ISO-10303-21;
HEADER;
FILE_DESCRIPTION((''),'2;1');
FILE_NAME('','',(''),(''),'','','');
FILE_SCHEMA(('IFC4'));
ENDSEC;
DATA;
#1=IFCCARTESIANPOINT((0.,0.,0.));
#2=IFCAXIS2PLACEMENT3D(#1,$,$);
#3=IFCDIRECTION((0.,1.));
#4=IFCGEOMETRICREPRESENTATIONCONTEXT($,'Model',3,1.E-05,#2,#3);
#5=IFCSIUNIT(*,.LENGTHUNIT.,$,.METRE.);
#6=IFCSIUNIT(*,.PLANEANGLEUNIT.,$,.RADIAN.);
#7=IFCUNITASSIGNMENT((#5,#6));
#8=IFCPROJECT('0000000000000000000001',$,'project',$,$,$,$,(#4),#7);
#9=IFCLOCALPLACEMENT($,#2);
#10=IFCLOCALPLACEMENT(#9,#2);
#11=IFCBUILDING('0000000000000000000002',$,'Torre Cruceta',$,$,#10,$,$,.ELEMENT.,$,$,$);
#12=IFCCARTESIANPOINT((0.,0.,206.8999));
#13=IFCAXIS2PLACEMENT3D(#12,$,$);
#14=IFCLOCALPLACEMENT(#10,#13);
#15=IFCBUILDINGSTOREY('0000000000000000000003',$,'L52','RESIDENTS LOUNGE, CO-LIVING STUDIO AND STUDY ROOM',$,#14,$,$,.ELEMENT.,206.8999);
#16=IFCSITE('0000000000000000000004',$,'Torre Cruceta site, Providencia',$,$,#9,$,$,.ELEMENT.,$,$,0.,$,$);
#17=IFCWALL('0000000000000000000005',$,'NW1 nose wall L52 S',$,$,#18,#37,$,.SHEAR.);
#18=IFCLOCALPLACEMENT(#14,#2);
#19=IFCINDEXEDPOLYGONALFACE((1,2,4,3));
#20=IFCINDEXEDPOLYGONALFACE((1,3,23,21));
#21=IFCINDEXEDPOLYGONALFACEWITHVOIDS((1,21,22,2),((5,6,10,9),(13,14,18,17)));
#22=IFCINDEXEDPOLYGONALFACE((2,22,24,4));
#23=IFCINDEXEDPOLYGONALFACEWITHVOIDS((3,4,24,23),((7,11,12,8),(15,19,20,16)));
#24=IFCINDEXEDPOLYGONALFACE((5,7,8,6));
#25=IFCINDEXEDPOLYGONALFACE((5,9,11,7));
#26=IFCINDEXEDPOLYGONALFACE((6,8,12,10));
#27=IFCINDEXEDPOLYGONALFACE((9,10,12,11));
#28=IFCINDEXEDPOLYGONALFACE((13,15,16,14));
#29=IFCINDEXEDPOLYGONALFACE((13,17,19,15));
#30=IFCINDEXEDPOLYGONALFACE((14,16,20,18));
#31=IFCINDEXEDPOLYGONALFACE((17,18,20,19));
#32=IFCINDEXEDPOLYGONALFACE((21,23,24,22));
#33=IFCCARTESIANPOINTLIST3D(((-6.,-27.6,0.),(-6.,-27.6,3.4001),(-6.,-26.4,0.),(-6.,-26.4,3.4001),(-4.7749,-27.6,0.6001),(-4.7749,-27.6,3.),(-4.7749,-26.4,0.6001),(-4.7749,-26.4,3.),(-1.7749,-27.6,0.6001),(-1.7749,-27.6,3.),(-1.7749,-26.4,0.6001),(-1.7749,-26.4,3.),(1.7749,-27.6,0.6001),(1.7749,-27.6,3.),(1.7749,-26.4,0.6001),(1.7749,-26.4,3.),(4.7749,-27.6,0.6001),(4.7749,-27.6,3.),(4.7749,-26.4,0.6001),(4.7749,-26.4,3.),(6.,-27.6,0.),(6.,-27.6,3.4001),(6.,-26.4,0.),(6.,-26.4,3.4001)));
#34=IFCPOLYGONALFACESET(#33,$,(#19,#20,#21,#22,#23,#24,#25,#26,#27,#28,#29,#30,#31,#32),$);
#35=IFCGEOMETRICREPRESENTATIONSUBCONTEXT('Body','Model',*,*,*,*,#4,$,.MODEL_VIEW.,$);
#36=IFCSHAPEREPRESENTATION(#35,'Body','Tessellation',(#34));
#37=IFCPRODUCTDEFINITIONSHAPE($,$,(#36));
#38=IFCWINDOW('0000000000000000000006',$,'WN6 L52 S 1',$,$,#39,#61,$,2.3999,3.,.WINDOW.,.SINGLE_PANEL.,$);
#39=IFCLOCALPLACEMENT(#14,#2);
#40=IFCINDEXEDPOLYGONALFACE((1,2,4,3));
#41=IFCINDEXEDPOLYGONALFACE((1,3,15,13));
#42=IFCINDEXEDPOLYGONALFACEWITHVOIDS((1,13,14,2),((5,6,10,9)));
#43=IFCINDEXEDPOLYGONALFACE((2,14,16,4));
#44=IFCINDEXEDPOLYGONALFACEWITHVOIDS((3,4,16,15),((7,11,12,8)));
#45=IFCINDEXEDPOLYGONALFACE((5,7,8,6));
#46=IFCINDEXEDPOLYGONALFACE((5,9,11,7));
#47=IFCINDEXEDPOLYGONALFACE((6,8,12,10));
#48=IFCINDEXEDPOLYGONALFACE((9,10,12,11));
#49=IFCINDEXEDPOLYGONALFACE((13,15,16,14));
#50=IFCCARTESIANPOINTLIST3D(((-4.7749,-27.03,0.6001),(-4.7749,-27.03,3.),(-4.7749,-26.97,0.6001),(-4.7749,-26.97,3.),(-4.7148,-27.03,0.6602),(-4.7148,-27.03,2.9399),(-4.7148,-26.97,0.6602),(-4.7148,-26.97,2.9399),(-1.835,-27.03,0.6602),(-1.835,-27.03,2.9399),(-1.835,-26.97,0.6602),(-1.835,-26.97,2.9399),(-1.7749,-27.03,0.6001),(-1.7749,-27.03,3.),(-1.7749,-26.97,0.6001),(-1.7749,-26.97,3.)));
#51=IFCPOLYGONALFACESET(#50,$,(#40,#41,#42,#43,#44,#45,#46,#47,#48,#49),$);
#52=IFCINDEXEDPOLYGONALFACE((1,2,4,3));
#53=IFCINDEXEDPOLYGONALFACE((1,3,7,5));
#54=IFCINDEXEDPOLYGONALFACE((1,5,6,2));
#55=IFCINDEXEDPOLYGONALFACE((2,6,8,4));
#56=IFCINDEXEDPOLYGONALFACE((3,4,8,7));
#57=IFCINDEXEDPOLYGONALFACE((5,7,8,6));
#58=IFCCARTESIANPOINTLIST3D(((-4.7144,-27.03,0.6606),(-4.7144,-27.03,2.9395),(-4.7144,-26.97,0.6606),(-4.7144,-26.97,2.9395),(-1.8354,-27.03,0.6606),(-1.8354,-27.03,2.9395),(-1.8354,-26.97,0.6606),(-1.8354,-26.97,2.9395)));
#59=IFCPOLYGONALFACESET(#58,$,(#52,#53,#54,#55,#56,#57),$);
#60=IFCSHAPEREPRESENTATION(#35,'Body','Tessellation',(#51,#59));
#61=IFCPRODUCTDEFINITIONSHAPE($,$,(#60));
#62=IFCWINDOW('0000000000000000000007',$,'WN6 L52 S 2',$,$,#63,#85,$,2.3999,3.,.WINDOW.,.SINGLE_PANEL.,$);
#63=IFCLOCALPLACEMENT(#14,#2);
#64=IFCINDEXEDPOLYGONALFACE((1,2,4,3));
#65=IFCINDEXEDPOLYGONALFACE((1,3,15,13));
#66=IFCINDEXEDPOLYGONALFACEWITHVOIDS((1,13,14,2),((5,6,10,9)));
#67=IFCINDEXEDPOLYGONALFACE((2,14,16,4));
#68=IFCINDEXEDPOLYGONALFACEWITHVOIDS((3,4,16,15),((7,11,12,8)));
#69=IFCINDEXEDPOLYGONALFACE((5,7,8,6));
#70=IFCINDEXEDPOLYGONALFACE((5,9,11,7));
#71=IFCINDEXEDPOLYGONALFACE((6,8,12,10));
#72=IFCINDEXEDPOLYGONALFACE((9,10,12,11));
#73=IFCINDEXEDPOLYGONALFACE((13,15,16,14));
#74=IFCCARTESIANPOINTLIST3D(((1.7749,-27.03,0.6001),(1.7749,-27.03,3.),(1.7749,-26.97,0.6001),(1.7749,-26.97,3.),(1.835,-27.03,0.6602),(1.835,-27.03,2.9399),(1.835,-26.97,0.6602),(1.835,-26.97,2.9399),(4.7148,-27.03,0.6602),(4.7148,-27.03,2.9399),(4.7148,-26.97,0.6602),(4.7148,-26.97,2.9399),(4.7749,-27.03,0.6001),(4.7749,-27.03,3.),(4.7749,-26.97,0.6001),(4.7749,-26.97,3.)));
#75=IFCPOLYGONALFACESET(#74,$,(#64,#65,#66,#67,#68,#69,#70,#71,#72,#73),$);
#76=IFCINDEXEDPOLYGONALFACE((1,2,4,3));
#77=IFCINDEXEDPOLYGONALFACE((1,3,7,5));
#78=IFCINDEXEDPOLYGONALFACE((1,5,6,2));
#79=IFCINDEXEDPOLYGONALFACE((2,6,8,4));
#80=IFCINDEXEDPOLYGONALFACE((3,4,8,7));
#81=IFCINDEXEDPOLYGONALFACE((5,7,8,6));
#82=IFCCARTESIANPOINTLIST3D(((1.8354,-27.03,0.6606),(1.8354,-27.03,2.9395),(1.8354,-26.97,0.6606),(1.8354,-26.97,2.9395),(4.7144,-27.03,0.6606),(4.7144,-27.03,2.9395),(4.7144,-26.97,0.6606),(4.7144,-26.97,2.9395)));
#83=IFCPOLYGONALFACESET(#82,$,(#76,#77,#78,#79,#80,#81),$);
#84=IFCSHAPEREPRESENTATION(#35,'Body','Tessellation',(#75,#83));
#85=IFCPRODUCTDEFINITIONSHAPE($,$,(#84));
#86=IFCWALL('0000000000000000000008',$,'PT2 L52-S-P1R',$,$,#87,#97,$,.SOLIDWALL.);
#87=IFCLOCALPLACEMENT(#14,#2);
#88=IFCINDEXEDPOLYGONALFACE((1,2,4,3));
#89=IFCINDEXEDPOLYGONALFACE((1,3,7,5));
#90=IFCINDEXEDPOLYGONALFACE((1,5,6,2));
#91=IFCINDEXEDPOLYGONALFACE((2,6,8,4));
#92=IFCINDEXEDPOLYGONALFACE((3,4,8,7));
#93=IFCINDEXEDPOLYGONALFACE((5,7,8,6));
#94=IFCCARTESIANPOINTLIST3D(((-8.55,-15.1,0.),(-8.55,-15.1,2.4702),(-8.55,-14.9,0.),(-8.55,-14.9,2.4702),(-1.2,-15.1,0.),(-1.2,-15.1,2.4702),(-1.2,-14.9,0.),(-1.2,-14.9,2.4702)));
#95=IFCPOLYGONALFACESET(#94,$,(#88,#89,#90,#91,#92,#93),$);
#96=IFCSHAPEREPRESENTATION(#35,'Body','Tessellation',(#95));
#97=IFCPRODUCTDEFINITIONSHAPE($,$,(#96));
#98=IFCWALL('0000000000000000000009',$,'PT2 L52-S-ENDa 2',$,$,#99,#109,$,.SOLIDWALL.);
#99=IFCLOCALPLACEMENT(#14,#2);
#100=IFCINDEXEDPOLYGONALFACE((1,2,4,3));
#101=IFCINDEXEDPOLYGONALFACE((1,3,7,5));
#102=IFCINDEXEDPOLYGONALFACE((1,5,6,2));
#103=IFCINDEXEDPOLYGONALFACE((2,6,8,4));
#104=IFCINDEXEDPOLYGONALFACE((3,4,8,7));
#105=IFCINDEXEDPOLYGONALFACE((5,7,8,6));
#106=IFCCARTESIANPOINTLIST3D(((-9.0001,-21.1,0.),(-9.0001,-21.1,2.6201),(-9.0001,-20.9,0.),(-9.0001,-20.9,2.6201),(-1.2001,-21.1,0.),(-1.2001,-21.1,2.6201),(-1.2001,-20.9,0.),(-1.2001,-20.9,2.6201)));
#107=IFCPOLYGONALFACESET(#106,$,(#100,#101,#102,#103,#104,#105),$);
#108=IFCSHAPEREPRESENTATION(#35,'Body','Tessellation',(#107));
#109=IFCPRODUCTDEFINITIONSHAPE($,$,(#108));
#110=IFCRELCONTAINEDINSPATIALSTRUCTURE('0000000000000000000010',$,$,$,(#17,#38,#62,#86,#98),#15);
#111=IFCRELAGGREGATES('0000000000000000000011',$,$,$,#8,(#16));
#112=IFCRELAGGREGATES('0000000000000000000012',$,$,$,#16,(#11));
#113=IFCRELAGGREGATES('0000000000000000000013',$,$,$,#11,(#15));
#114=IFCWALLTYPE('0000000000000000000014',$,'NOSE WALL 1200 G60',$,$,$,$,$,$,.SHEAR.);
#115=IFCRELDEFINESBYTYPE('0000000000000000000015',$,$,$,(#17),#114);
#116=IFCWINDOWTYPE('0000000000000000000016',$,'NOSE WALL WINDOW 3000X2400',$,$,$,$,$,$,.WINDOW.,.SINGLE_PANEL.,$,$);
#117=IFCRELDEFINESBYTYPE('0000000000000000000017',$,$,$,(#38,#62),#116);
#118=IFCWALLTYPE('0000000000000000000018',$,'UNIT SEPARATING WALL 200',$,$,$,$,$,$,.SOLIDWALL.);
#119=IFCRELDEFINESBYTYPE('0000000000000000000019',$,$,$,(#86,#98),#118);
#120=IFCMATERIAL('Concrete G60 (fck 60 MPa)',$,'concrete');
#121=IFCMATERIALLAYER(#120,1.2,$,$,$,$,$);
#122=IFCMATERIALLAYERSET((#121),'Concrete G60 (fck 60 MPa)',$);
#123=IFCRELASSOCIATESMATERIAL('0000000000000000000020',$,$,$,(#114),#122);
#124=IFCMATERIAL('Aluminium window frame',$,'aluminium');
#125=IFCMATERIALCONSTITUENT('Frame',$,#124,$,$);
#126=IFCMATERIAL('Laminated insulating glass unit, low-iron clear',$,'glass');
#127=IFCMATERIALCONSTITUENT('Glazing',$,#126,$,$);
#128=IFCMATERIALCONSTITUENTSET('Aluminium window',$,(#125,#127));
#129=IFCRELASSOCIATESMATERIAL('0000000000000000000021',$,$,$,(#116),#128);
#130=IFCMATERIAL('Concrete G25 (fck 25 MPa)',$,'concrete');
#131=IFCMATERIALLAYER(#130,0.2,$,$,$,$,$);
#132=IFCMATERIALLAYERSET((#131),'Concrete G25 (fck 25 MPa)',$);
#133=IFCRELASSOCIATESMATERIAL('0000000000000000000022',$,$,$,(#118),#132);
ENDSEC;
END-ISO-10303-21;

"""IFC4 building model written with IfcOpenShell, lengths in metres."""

from ifc_helpers import new_model, si_unit, direction, frame, frame_2d, origin, place, context, subcontext, project, spatial, rectangle, hollow_rectangle, extrude, material, layer, layer_set, constituent, constituent_set, type_object, element, fill, save


model = new_model("IFC4")

# Units and contexts
model_context = context("Model", 3, precision=1e-05, world=origin(), true_north=direction((0.0, 1.0)))
body_context = subcontext(model_context, "Body", "Model", "MODEL_VIEW")
ifc_project = project(units=[si_unit("LENGTHUNIT", "METRE"), si_unit("PLANEANGLEUNIT", "RADIAN")], contexts=[model_context])

# Site, building, storey
site_placement = place(None, origin())
site = spatial("IfcSite", under=ifc_project, at=site_placement, Name="Torre Cruceta site, Providencia", CompositionType="ELEMENT", RefElevation=0.0)
building_placement = place(site_placement, origin())
building = spatial("IfcBuilding", under=site, at=building_placement, Name="Torre Cruceta", CompositionType="ELEMENT")
storey_placement = place(building_placement, frame((0.0, 0.0, 206.8999)))
storey = spatial("IfcBuildingStorey", under=building, at=storey_placement, Name="L52", Description="RESIDENTS LOUNGE, CO-LIVING STUDIO AND STUDY ROOM", CompositionType="ELEMENT", Elevation=206.8999)

# Wall, openings, windows
ifc_material_1 = material(Name="Concrete G60 (fck 60 MPa)", Category="concrete")
ifc_layer_1 = layer(ifc_material_1, 1.2)
ifc_layer_set_1 = layer_set([ifc_layer_1], Name="Concrete G60 (fck 60 MPa)")
wall_type_1 = type_object("IfcWallType", Name="NOSE WALL 1200 G60", PredefinedType="SHEAR", material=ifc_layer_set_1)
wall_1_placement = place(storey_placement, frame((-6.0, -27.0, 0.0), z_axis=(0.0, 0.0, 1.0), x_axis=(1.0, 0.0, 0.0)))
wall_1 = element("IfcWall", 1, at=wall_1_placement, inside=storey, type_object=wall_type_1, Name="NW1 nose wall L52 S", PredefinedType="SHEAR", context=body_context, shape_type="SweptSolid", body=[
    extrude(rectangle(XDim=12.0, YDim=1.2, at=frame_2d((6.0, 0.0))), origin(), (0.0, 0.0, 1.0), 3.4001),
])
opening_1_placement = place(wall_1_placement, frame((1.2251, 0.0, 0.6001)))
opening_1 = element("IfcOpeningElement", 2, at=opening_1_placement, cuts=wall_1, PredefinedType="OPENING", context=body_context, shape_type="SweptSolid", body=[
    extrude(rectangle(XDim=3.0, YDim=2.3999, at=frame_2d((1.5, 1.2))), frame((0.0, 0.6099, 0.0), z_axis=(0.0, -1.0, 0.0), x_axis=(1.0, 0.0, 0.0)), (0.0, 0.0, 1.0), 1.22),
])
opening_2_placement = place(wall_1_placement, frame((7.7749, 0.0, 0.6001)))
opening_2 = element("IfcOpeningElement", 3, at=opening_2_placement, cuts=wall_1, PredefinedType="OPENING", context=body_context, shape_type="SweptSolid", body=[
    extrude(rectangle(XDim=3.0, YDim=2.3999, at=frame_2d((1.5, 1.2))), frame((0.0, 0.6099, 0.0), z_axis=(0.0, -1.0, 0.0), x_axis=(1.0, 0.0, 0.0)), (0.0, 0.0, 1.0), 1.22),
])
ifc_material_2 = material(Name="Aluminium window frame", Category="aluminium")
ifc_constituent_1 = constituent(ifc_material_2, Name="Frame")
ifc_material_3 = material(Name="Laminated insulating glass unit, low-iron clear", Category="glass")
ifc_constituent_2 = constituent(ifc_material_3, Name="Glazing")
ifc_constituent_set = constituent_set(constituents=[ifc_constituent_1, ifc_constituent_2], Name="Aluminium window")
window_type = type_object("IfcWindowType", Name="NOSE WALL WINDOW 3000X2400", PartitioningType="SINGLE_PANEL", PredefinedType="WINDOW", material=ifc_constituent_set)
window_1_placement = place(opening_1_placement, origin())
window_1 = element("IfcWindow", 4, at=window_1_placement, inside=storey, type_object=window_type, Name="WN6 L52 S 1", OverallHeight=2.3999, OverallWidth=3.0, PartitioningType="SINGLE_PANEL", PredefinedType="WINDOW", context=body_context, shape_type="SweptSolid", body=[
    extrude(hollow_rectangle(XDim=3.0, YDim=2.3999, WallThickness=0.0601, at=frame_2d((1.5, 1.2))), frame((0.0, 0.03, 0.0), z_axis=(0.0, -1.0, 0.0), x_axis=(1.0, 0.0, 0.0)), (0.0, 0.0, 1.0), 0.0601),
    extrude(rectangle(XDim=2.8789, YDim=2.2788, at=frame_2d((1.5, 1.2))), frame((0.0, 0.03, 0.0), z_axis=(0.0, -1.0, 0.0), x_axis=(1.0, 0.0, 0.0)), (0.0, 0.0, 1.0), 0.0601),
])
fill(opening_1, window_1)
window_2_placement = place(opening_2_placement, origin())
window_2 = element("IfcWindow", 5, at=window_2_placement, inside=storey, type_object=window_type, Name="WN6 L52 S 2", OverallHeight=2.3999, OverallWidth=3.0, PartitioningType="SINGLE_PANEL", PredefinedType="WINDOW", context=body_context, shape_type="SweptSolid", body=[
    extrude(hollow_rectangle(XDim=3.0, YDim=2.3999, WallThickness=0.0601, at=frame_2d((1.5, 1.2))), frame((0.0, 0.03, 0.0), z_axis=(0.0, -1.0, 0.0), x_axis=(1.0, 0.0, 0.0)), (0.0, 0.0, 1.0), 0.0601),
    extrude(rectangle(XDim=2.8789, YDim=2.2788, at=frame_2d((1.5, 1.2))), frame((0.0, 0.03, 0.0), z_axis=(0.0, -1.0, 0.0), x_axis=(1.0, 0.0, 0.0)), (0.0, 0.0, 1.0), 0.0601),
])
fill(opening_2, window_2)

# Walls
ifc_material_4 = material(Name="Concrete G25 (fck 25 MPa)", Category="concrete")
ifc_layer_2 = layer(ifc_material_4, 0.2)
ifc_layer_set_2 = layer_set([ifc_layer_2], Name="Concrete G25 (fck 25 MPa)")
wall_type_2 = type_object("IfcWallType", Name="UNIT SEPARATING WALL 200", PredefinedType="SOLIDWALL", material=ifc_layer_set_2)
wall_2_placement = place(storey_placement, frame((-8.55, -15.0, 0.0), z_axis=(0.0, 0.0, 1.0), x_axis=(1.0, 0.0, 0.0)))
element("IfcWall", 6, at=wall_2_placement, inside=storey, type_object=wall_type_2, Name="PT2 L52-S-P1R", PredefinedType="SOLIDWALL", context=body_context, shape_type="SweptSolid", body=[
    extrude(rectangle(XDim=7.3501, YDim=0.2, at=frame_2d((3.675, 0.0))), origin(), (0.0, 0.0, 1.0), 2.4702),
])
wall_3_placement = place(storey_placement, frame((-9.0, -21.0, 0.0), z_axis=(0.0, 0.0, 1.0), x_axis=(1.0, 0.0, 0.0)))
element("IfcWall", 7, at=wall_3_placement, inside=storey, type_object=wall_type_2, Name="PT2 L52-S-ENDa 2", PredefinedType="SOLIDWALL", context=body_context, shape_type="SweptSolid", body=[
    extrude(rectangle(XDim=7.8, YDim=0.2, at=frame_2d((3.8999, 0.0))), origin(), (0.0, 0.0, 1.0), 2.6201),
])

save(model, "model.ifc")
